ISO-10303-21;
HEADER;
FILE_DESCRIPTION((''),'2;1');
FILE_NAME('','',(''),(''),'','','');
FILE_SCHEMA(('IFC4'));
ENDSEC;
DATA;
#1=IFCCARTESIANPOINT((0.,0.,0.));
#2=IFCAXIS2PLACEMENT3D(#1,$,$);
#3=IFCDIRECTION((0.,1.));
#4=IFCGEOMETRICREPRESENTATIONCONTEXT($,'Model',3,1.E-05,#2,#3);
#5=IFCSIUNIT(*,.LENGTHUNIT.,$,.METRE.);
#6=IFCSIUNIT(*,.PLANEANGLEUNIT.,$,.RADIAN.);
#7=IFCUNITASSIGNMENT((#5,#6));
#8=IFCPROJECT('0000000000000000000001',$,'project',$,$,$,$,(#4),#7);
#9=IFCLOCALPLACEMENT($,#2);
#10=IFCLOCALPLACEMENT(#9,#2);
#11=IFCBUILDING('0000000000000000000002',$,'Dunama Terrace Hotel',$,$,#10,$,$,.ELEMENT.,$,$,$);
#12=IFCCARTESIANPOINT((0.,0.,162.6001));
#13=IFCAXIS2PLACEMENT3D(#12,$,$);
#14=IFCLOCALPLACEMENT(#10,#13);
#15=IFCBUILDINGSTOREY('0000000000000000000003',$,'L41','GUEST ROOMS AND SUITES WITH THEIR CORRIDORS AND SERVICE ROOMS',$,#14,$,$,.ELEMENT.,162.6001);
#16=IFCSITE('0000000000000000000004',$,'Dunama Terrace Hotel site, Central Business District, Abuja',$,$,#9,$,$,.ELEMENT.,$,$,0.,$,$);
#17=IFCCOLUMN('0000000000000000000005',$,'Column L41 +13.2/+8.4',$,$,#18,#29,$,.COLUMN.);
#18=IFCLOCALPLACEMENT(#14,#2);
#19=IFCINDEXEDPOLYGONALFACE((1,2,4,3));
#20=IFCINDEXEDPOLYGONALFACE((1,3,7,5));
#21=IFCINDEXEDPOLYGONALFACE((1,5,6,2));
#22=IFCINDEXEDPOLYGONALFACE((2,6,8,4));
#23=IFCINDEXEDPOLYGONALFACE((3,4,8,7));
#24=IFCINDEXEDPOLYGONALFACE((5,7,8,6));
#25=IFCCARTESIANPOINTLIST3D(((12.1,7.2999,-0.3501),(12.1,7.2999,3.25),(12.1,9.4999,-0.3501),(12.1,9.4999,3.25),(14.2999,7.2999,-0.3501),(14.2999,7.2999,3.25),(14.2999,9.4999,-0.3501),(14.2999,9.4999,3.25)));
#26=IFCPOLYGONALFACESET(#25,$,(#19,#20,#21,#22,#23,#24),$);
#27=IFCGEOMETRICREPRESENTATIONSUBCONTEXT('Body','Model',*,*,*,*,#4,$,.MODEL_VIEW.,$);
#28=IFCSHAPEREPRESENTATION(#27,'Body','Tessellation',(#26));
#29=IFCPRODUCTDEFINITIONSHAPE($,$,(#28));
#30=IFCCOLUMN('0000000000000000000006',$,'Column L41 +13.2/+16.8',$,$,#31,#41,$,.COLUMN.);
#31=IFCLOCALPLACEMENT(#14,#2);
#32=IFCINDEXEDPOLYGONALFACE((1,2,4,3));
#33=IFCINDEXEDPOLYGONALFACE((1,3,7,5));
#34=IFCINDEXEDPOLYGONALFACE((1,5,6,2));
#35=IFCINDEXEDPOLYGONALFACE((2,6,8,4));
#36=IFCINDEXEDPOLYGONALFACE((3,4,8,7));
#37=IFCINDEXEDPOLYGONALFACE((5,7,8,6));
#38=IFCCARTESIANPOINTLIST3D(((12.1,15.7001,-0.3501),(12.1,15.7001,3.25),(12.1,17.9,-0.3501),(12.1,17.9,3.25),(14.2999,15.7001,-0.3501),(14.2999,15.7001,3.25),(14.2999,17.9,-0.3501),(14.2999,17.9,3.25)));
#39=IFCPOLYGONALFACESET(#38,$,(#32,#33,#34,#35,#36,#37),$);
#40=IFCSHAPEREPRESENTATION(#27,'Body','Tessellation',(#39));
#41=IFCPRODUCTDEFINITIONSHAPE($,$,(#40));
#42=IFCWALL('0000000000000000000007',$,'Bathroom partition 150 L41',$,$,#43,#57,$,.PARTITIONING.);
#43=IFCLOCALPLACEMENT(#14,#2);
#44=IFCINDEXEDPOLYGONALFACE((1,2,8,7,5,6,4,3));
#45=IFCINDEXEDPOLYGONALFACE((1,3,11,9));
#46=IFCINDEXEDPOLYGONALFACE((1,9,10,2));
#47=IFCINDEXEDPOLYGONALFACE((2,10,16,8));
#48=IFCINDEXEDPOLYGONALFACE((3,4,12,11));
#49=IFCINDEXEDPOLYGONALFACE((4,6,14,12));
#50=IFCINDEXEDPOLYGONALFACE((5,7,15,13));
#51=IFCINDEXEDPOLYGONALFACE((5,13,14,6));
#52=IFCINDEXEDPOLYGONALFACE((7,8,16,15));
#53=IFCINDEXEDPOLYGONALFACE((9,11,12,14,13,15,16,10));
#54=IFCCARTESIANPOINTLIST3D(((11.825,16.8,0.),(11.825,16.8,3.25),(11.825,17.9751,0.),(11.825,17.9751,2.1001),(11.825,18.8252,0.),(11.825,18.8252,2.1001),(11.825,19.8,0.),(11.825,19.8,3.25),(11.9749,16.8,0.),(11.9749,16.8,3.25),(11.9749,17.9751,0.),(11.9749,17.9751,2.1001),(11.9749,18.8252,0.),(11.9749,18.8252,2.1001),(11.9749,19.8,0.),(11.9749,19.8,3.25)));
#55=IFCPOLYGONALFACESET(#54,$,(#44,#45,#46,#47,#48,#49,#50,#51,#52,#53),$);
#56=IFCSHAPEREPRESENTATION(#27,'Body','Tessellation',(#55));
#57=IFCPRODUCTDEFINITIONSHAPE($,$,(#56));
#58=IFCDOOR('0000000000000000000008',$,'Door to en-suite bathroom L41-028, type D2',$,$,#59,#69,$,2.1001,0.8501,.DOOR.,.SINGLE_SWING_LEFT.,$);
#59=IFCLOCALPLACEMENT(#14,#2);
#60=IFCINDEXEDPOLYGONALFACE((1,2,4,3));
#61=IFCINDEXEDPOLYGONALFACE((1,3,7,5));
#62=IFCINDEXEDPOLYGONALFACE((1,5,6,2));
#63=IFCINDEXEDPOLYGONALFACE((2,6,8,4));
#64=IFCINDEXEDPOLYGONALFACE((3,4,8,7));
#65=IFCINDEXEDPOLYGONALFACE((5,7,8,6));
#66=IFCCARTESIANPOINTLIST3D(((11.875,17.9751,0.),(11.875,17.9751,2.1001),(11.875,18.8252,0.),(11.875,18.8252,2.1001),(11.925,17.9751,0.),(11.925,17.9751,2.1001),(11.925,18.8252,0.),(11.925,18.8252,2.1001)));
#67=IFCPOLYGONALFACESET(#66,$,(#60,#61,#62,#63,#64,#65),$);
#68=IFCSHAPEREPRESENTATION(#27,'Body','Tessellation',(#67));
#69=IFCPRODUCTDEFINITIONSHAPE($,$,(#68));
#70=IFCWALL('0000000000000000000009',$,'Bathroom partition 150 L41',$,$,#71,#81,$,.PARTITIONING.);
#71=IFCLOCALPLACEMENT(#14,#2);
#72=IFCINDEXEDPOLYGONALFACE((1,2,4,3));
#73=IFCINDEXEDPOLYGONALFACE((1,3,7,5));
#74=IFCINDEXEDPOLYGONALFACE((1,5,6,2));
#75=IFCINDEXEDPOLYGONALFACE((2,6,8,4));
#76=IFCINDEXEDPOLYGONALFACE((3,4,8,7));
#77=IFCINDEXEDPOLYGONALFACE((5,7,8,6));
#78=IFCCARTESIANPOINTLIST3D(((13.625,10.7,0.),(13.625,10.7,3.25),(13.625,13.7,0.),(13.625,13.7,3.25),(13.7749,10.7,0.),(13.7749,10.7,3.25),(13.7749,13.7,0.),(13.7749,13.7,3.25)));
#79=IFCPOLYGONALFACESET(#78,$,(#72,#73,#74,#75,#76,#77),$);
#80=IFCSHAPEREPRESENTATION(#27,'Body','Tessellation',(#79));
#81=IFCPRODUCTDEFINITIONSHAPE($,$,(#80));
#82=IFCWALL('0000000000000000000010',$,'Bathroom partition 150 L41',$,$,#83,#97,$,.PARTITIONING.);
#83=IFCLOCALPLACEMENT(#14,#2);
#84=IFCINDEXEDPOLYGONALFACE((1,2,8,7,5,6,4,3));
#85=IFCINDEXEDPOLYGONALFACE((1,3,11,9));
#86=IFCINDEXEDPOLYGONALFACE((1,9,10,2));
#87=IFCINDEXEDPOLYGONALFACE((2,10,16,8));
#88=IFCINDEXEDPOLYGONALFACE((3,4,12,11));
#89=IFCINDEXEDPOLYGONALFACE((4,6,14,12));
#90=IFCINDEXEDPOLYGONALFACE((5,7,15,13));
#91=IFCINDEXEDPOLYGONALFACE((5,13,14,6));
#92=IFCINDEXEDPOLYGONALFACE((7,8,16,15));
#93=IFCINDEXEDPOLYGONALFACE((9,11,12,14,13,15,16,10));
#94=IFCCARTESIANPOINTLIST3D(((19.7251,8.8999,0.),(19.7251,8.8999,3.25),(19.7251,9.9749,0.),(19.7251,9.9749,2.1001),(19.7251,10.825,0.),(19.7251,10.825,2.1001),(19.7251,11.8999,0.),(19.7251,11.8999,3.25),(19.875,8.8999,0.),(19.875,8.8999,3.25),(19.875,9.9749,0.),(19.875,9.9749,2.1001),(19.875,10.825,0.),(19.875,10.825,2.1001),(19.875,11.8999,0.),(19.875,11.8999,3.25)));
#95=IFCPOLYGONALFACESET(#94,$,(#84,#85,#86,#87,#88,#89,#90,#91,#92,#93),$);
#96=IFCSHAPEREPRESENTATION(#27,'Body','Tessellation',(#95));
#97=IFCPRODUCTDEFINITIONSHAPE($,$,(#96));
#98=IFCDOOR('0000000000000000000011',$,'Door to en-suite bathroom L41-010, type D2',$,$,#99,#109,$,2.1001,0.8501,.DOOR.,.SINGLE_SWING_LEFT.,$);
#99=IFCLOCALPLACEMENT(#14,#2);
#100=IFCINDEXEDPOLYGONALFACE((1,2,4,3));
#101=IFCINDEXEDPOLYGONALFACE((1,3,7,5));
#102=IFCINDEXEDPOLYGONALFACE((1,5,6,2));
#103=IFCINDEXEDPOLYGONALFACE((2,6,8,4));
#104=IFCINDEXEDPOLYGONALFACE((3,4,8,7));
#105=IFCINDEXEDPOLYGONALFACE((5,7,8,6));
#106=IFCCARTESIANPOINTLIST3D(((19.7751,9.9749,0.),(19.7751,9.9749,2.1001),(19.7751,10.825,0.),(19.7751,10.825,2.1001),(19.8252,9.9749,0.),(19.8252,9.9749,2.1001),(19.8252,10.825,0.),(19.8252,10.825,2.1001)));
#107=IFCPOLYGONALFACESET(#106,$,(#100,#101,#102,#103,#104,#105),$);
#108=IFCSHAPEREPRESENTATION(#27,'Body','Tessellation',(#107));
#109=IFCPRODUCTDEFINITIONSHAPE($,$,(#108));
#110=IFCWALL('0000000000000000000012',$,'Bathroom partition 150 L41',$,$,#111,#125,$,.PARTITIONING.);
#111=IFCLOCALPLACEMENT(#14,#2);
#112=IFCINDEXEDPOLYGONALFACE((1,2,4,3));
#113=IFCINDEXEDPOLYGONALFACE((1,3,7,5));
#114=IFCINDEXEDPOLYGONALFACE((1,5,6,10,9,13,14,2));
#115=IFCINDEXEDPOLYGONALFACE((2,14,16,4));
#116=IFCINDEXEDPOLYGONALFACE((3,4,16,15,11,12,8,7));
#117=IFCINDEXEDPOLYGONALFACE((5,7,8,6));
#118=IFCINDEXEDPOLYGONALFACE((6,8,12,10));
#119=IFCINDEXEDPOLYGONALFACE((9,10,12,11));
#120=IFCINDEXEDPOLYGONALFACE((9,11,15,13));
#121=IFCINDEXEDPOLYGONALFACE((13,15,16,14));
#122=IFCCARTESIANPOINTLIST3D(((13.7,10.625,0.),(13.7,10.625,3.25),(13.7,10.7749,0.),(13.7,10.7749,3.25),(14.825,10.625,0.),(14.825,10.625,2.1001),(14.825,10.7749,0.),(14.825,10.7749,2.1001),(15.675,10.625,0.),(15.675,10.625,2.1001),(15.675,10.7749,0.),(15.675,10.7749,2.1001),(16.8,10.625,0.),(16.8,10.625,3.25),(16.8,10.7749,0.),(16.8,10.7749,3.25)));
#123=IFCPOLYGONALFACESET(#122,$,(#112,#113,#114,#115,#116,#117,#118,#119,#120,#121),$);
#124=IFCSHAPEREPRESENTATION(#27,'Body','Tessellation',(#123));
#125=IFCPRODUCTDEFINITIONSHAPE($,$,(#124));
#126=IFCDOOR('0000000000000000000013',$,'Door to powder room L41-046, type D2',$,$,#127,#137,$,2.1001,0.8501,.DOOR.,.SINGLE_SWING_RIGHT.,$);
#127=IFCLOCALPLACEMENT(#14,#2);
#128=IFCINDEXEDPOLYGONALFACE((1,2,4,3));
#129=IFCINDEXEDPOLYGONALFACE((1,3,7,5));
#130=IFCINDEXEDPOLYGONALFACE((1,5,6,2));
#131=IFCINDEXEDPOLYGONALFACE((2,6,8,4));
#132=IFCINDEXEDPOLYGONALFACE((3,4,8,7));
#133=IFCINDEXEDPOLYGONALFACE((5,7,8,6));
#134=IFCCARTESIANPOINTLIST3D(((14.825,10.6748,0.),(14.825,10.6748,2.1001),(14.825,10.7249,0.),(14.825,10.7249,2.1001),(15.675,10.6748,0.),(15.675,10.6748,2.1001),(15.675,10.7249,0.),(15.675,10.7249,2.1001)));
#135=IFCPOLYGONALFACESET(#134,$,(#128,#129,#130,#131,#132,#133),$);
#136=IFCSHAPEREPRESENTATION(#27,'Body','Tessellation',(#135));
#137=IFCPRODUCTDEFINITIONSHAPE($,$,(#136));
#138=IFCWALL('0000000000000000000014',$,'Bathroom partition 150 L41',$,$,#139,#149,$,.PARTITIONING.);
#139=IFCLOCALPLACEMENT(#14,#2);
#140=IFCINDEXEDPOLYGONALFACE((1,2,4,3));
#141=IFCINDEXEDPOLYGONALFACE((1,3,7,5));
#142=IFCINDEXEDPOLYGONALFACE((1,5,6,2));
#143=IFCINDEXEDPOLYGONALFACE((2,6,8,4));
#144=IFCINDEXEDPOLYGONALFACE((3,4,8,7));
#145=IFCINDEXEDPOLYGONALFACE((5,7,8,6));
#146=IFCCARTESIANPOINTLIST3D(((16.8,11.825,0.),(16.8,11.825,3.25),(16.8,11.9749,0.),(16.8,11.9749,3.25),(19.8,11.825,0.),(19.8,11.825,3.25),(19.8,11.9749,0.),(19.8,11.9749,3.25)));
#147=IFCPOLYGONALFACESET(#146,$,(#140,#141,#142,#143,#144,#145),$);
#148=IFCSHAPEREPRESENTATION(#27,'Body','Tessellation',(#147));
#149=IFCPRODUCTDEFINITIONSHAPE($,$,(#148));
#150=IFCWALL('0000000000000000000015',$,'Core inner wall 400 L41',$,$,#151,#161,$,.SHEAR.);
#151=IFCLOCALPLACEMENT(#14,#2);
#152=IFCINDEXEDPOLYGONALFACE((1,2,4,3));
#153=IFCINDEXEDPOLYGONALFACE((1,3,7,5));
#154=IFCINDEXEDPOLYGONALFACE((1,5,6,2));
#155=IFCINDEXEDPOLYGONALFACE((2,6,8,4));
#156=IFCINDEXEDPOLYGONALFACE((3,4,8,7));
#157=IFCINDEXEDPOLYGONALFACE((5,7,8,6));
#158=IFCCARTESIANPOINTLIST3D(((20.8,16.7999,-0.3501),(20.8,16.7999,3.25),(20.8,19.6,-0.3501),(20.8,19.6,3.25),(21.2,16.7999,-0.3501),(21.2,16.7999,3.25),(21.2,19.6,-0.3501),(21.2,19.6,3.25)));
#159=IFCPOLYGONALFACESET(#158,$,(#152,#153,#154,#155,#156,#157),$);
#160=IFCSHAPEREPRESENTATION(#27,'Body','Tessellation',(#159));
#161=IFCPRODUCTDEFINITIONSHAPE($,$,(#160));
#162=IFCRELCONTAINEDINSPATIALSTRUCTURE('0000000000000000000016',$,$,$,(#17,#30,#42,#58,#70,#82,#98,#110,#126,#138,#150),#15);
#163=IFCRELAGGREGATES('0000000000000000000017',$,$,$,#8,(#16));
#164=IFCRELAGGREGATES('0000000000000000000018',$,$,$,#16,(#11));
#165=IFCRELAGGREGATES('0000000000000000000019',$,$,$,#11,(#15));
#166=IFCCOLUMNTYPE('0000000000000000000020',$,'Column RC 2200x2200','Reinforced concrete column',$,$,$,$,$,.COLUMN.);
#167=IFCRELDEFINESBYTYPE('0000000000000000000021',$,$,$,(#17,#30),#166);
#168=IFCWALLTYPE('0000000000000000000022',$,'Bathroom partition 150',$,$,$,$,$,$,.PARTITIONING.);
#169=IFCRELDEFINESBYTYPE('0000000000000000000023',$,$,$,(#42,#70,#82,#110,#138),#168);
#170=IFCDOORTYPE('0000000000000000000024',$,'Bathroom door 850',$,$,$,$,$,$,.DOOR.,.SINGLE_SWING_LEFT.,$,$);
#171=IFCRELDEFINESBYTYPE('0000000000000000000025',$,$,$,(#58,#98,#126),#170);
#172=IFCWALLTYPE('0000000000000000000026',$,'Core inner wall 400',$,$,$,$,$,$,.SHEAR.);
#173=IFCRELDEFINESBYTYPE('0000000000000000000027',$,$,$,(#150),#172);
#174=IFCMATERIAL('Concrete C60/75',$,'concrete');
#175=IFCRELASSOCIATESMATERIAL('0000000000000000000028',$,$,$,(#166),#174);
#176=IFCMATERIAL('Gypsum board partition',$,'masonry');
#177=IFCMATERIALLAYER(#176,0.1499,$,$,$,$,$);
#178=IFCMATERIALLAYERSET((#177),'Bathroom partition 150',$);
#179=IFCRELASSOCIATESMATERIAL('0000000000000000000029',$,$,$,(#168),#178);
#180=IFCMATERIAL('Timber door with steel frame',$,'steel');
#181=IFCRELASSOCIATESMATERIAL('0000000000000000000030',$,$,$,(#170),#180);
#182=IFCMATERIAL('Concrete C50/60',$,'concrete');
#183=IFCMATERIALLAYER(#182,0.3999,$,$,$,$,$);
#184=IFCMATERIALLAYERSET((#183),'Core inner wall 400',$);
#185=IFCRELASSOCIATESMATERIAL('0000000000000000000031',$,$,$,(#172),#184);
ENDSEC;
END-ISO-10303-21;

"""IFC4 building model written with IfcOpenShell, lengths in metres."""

from ifc_helpers import new_model, si_unit, direction, frame, frame_2d, origin, origin_2d, place, context, subcontext, project, spatial, rectangle, extrude, material, layer, layer_set, material_profile, profile_set, type_object, element, fill, save


model = new_model("IFC4")

# Units and contexts
model_context = context("Model", 3, precision=1e-05, world=origin(), true_north=direction((0.0, 1.0)))
body_context = subcontext(model_context, "Body", "Model", "MODEL_VIEW")
ifc_project = project(units=[si_unit("LENGTHUNIT", "METRE"), si_unit("PLANEANGLEUNIT", "RADIAN")], contexts=[model_context])

# Site, building, storey
site_placement = place(None, origin())
site = spatial("IfcSite", under=ifc_project, at=site_placement, Name="Dunama Terrace Hotel site, Central Business District, Abuja", CompositionType="ELEMENT", RefElevation=0.0)
building_placement = place(site_placement, origin())
building = spatial("IfcBuilding", under=site, at=building_placement, Name="Dunama Terrace Hotel", CompositionType="ELEMENT")
storey_placement = place(building_placement, frame((0.0, 0.0, 162.6001)))
storey = spatial("IfcBuildingStorey", under=building, at=storey_placement, Name="L41", Description="GUEST ROOMS AND SUITES WITH THEIR CORRIDORS AND SERVICE ROOMS", CompositionType="ELEMENT", Elevation=162.6001)

# Columns
ifc_material_1 = material(Name="Concrete C60/75", Category="concrete")
ifc_material_profile = material_profile(ifc_material_1, rectangle(XDim=2.2, YDim=2.2, at=origin_2d()), Name="RC 2200x2200")
ifc_profile_set = profile_set([ifc_material_profile], Name="Concrete C60/75")
column_type = type_object("IfcColumnType", Name="Column RC 2200x2200", Description="Reinforced concrete column", PredefinedType="COLUMN", material=ifc_profile_set)
for number, where, z_axis, x_axis, name in (
    (1, (13.2, 8.3999, -0.3501), (0.0, 0.0, 1.0), (1.0, 0.0, 0.0), "Column L41 +13.2/+8.4"),
    (2, (13.2, 16.8, -0.3501), (0.0, 0.0, 1.0), (1.0, 0.0, 0.0), "Column L41 +13.2/+16.8"),
):
    element("IfcColumn", number, at=place(storey_placement, frame(where, z_axis=z_axis, x_axis=x_axis)), inside=storey, type_object=column_type, Name=name, PredefinedType="COLUMN", context=body_context, shape_type="SweptSolid", body=[
        extrude(rectangle(XDim=2.2, YDim=2.2, at=origin_2d()), origin(), (0.0, 0.0, 1.0), 3.6001),
    ])

# Wall, opening, door
ifc_material_2 = material(Name="Gypsum board partition", Category="masonry")
ifc_layer_1 = layer(ifc_material_2, 0.1499)
ifc_layer_set_1 = layer_set([ifc_layer_1], Name="Bathroom partition 150")
wall_type_1 = type_object("IfcWallType", Name="Bathroom partition 150", PredefinedType="PARTITIONING", material=ifc_layer_set_1)
wall_1_placement = place(storey_placement, frame((11.8999, 16.8, 0.0), z_axis=(0.0, 0.0, 1.0), x_axis=(0.0, 1.0, 0.0)))
wall_1 = element("IfcWall", 3, at=wall_1_placement, inside=storey, type_object=wall_type_1, Name="Bathroom partition 150 L41", PredefinedType="PARTITIONING", context=body_context, shape_type="SweptSolid", body=[
    extrude(rectangle(XDim=3.0, YDim=0.1499, at=frame_2d((1.5, 0.0))), origin(), (0.0, 0.0, 1.0), 3.25),
])
opening_1_placement = place(wall_1_placement, frame((1.175, 0.0, 0.0)))
opening_1 = element("IfcOpeningElement", 4, at=opening_1_placement, cuts=wall_1, PredefinedType="OPENING", context=body_context, shape_type="SweptSolid", body=[
    extrude(rectangle(XDim=0.8501, YDim=2.1001, at=frame_2d((0.425, 1.05))), frame((0.0, 0.085, 0.0), z_axis=(0.0, -1.0, 0.0), x_axis=(1.0, 0.0, 0.0)), (0.0, 0.0, 1.0), 0.1699),
])
ifc_material_3 = material(Name="Timber door with steel frame", Category="steel")
door_type_1 = type_object("IfcDoorType", Name="Bathroom door 850", OperationType="SINGLE_SWING_LEFT", PredefinedType="DOOR", material=ifc_material_3)
door_1_placement = place(opening_1_placement, origin())
door_1 = element("IfcDoor", 5, at=door_1_placement, inside=storey, type_object=door_type_1, Name="Door to en-suite bathroom L41-028, type D2", OperationType="SINGLE_SWING_LEFT", OverallHeight=2.1001, OverallWidth=0.8501, PredefinedType="DOOR", context=body_context, shape_type="SweptSolid", body=[
    extrude(rectangle(XDim=0.8501, YDim=2.1001, at=frame_2d((0.425, 1.05))), frame((0.0, 0.0249, 0.0), z_axis=(0.0, -1.0, 0.0), x_axis=(1.0, 0.0, 0.0)), (0.0, 0.0, 1.0), 0.05),
])
fill(opening_1, door_1)

# Wall
wall_2_placement = place(storey_placement, frame((13.7, 10.7, 0.0), z_axis=(0.0, 0.0, 1.0), x_axis=(0.0, 1.0, 0.0)))
element("IfcWall", 6, at=wall_2_placement, inside=storey, type_object=wall_type_1, Name="Bathroom partition 150 L41", PredefinedType="PARTITIONING", context=body_context, shape_type="SweptSolid", body=[
    extrude(rectangle(XDim=3.0, YDim=0.1499, at=frame_2d((1.5, 0.0))), origin(), (0.0, 0.0, 1.0), 3.25),
])

# Walls, openings, doors
wall_3_placement = place(storey_placement, frame((19.8, 8.8999, 0.0), z_axis=(0.0, 0.0, 1.0), x_axis=(0.0, 1.0, 0.0)))
wall_3 = element("IfcWall", 7, at=wall_3_placement, inside=storey, type_object=wall_type_1, Name="Bathroom partition 150 L41", PredefinedType="PARTITIONING", context=body_context, shape_type="SweptSolid", body=[
    extrude(rectangle(XDim=3.0, YDim=0.1499, at=frame_2d((1.5, 0.0))), origin(), (0.0, 0.0, 1.0), 3.25),
])
opening_2_placement = place(wall_3_placement, frame((1.075, 0.0, 0.0)))
opening_2 = element("IfcOpeningElement", 8, at=opening_2_placement, cuts=wall_3, PredefinedType="OPENING", context=body_context, shape_type="SweptSolid", body=[
    extrude(rectangle(XDim=0.8501, YDim=2.1001, at=frame_2d((0.425, 1.05))), frame((0.0, 0.085, 0.0), z_axis=(0.0, -1.0, 0.0), x_axis=(1.0, 0.0, 0.0)), (0.0, 0.0, 1.0), 0.1699),
])
door_2_placement = place(opening_2_placement, origin())
door_2 = element("IfcDoor", 9, at=door_2_placement, inside=storey, type_object=door_type_1, Name="Door to en-suite bathroom L41-010, type D2", OperationType="SINGLE_SWING_LEFT", OverallHeight=2.1001, OverallWidth=0.8501, PredefinedType="DOOR", context=body_context, shape_type="SweptSolid", body=[
    extrude(rectangle(XDim=0.8501, YDim=2.1001, at=frame_2d((0.425, 1.05))), frame((0.0, 0.0249, 0.0), z_axis=(0.0, -1.0, 0.0), x_axis=(1.0, 0.0, 0.0)), (0.0, 0.0, 1.0), 0.05),
])
fill(opening_2, door_2)
wall_4_placement = place(storey_placement, frame((13.7, 10.7, 0.0), z_axis=(0.0, 0.0, 1.0), x_axis=(1.0, 0.0, 0.0)))
wall_4 = element("IfcWall", 10, at=wall_4_placement, inside=storey, type_object=wall_type_1, Name="Bathroom partition 150 L41", PredefinedType="PARTITIONING", context=body_context, shape_type="SweptSolid", body=[
    extrude(rectangle(XDim=3.1001, YDim=0.1499, at=frame_2d((1.55, 0.0))), origin(), (0.0, 0.0, 1.0), 3.25),
])
opening_3_placement = place(wall_4_placement, frame((1.125, 0.0, 0.0)))
opening_3 = element("IfcOpeningElement", 11, at=opening_3_placement, cuts=wall_4, PredefinedType="OPENING", context=body_context, shape_type="SweptSolid", body=[
    extrude(rectangle(XDim=0.8501, YDim=2.1001, at=frame_2d((0.425, 1.05))), frame((0.0, 0.085, 0.0), z_axis=(0.0, -1.0, 0.0), x_axis=(1.0, 0.0, 0.0)), (0.0, 0.0, 1.0), 0.1699),
])
door_3_placement = place(opening_3_placement, origin())
door_3 = element("IfcDoor", 12, at=door_3_placement, inside=storey, type_object=door_type_1, Name="Door to powder room L41-046, type D2", OperationType="SINGLE_SWING_RIGHT", OverallHeight=2.1001, OverallWidth=0.8501, PredefinedType="DOOR", context=body_context, shape_type="SweptSolid", body=[
    extrude(rectangle(XDim=0.8501, YDim=2.1001, at=frame_2d((0.425, 1.05))), frame((0.0, 0.0249, 0.0), z_axis=(0.0, -1.0, 0.0), x_axis=(1.0, 0.0, 0.0)), (0.0, 0.0, 1.0), 0.05),
])
fill(opening_3, door_3)

# Walls
wall_5_placement = place(storey_placement, frame((16.8, 11.8999, 0.0), z_axis=(0.0, 0.0, 1.0), x_axis=(1.0, 0.0, 0.0)))
element("IfcWall", 13, at=wall_5_placement, inside=storey, type_object=wall_type_1, Name="Bathroom partition 150 L41", PredefinedType="PARTITIONING", context=body_context, shape_type="SweptSolid", body=[
    extrude(rectangle(XDim=3.0, YDim=0.1499, at=frame_2d((1.5, 0.0))), origin(), (0.0, 0.0, 1.0), 3.25),
])
ifc_material_4 = material(Name="Concrete C50/60", Category="concrete")
ifc_layer_2 = layer(ifc_material_4, 0.3999)
ifc_layer_set_2 = layer_set([ifc_layer_2], Name="Core inner wall 400")
wall_type_2 = type_object("IfcWallType", Name="Core inner wall 400", PredefinedType="SHEAR", material=ifc_layer_set_2)
wall_6_placement = place(storey_placement, frame((21.0, 16.8, -0.3501), z_axis=(0.0, 0.0, 1.0), x_axis=(0.0, 1.0, 0.0)))
element("IfcWall", 14, at=wall_6_placement, inside=storey, type_object=wall_type_2, Name="Core inner wall 400 L41", PredefinedType="SHEAR", context=body_context, shape_type="SweptSolid", body=[
    extrude(rectangle(XDim=2.8, YDim=0.3999, at=frame_2d((1.3999, 0.0))), origin(), (0.0, 0.0, 1.0), 3.6001),
])

save(model, "model.ifc")
